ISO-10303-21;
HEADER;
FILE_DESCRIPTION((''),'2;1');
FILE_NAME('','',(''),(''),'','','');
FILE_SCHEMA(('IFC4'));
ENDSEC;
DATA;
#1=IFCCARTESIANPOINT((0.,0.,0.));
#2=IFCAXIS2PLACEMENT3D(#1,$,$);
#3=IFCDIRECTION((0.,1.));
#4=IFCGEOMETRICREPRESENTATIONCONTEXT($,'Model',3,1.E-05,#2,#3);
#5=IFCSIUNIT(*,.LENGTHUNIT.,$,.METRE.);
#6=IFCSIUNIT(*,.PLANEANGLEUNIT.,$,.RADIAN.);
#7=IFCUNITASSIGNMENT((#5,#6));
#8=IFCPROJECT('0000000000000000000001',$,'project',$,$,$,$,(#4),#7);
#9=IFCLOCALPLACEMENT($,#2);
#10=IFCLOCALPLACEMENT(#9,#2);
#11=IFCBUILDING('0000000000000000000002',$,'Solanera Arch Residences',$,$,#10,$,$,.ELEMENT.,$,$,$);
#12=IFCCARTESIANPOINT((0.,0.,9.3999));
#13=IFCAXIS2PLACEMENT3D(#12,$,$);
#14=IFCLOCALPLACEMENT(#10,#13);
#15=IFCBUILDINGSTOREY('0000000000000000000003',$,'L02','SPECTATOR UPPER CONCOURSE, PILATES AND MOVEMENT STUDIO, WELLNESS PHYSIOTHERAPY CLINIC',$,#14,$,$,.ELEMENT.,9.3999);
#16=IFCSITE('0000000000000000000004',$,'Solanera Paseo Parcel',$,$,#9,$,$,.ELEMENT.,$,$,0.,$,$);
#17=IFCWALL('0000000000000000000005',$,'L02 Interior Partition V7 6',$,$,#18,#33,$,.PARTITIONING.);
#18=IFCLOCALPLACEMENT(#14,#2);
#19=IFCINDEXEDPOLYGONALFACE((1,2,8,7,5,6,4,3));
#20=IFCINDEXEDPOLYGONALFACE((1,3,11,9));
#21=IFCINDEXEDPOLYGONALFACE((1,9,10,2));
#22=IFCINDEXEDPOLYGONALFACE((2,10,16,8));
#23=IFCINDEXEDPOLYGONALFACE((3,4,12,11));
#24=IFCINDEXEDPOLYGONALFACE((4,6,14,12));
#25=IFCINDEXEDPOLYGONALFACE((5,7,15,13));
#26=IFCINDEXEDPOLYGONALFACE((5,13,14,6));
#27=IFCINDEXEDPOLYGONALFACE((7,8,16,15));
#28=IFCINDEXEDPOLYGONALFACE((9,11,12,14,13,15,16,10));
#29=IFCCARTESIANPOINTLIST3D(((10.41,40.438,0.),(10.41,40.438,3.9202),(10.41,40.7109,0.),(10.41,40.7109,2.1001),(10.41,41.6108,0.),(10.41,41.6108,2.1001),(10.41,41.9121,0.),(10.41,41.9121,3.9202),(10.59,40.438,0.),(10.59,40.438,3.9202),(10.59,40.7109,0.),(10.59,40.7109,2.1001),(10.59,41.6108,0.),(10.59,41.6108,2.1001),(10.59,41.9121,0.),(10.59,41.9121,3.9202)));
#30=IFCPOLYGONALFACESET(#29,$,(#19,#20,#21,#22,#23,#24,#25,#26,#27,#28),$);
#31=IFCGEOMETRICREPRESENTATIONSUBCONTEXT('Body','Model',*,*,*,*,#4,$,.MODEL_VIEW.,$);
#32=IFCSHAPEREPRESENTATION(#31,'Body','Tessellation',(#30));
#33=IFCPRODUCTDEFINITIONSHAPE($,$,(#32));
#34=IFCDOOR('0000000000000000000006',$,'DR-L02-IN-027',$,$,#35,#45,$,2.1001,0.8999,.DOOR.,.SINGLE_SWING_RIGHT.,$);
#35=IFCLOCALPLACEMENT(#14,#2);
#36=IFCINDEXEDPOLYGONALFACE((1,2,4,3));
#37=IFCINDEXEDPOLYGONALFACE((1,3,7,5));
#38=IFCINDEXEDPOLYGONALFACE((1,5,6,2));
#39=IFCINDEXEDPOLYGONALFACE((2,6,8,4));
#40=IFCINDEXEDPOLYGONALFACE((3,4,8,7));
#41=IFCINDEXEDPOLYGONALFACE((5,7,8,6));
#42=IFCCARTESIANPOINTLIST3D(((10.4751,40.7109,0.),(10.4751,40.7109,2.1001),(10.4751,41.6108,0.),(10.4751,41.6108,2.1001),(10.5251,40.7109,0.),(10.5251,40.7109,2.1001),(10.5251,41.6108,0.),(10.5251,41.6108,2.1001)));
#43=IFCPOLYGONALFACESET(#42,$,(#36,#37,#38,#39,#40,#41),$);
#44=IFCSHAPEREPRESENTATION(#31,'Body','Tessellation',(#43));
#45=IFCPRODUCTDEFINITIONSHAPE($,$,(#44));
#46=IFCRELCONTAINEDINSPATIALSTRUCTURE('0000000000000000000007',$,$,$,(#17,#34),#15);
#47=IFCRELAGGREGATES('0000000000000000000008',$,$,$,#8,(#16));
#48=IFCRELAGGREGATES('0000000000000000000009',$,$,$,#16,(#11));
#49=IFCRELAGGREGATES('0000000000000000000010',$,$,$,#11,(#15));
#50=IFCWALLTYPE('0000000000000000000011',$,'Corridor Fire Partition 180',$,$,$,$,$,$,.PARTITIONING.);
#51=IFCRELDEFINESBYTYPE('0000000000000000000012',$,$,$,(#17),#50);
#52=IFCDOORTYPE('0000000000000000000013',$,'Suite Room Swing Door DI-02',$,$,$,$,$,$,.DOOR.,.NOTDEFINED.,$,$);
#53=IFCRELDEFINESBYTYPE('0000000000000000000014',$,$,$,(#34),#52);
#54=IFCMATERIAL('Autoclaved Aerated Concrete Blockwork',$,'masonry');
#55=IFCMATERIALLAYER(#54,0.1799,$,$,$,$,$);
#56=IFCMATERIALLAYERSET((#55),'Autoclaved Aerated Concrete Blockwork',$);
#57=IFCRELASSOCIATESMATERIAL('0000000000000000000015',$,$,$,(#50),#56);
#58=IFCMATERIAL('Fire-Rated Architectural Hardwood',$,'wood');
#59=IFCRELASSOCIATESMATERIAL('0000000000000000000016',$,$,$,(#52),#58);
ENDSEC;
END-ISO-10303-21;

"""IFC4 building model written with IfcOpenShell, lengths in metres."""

from ifc_helpers import new_model, si_unit, direction, frame, frame_2d, origin, place, context, subcontext, project, spatial, rectangle, extrude, material, layer, layer_set, type_object, element, fill, save


model = new_model("IFC4")

# Units and contexts
model_context = context("Model", 3, precision=1e-05, world=origin(), true_north=direction((0.0, 1.0)))
body_context = subcontext(model_context, "Body", "Model", "MODEL_VIEW")
ifc_project = project(units=[si_unit("LENGTHUNIT", "METRE"), si_unit("PLANEANGLEUNIT", "RADIAN")], contexts=[model_context])

# Site, building, storey
site_placement = place(None, origin())
site = spatial("IfcSite", under=ifc_project, at=site_placement, Name="Solanera Paseo Parcel", CompositionType="ELEMENT", RefElevation=0.0)
building_placement = place(site_placement, origin())
building = spatial("IfcBuilding", under=site, at=building_placement, Name="Solanera Arch Residences", CompositionType="ELEMENT")
storey_placement = place(building_placement, frame((0.0, 0.0, 9.3999)))
storey = spatial("IfcBuildingStorey", under=building, at=storey_placement, Name="L02", Description="SPECTATOR UPPER CONCOURSE, PILATES AND MOVEMENT STUDIO, WELLNESS PHYSIOTHERAPY CLINIC", CompositionType="ELEMENT", Elevation=9.3999)

# Shared definitions
ifc_material_1 = material(Name="Autoclaved Aerated Concrete Blockwork", Category="masonry")
ifc_layer_1 = layer(ifc_material_1, 0.1799)
ifc_layer_set_1 = layer_set([ifc_layer_1], Name="Autoclaved Aerated Concrete Blockwork")
wall_type_1 = type_object("IfcWallType", Name="Corridor Fire Partition 180", PredefinedType="PARTITIONING", material=ifc_layer_set_1)

# Wall, opening, door
wall_1_placement = place(storey_placement, frame((10.5, 40.438, 0.0), z_axis=(0.0, 0.0, 1.0), x_axis=(0.0, 1.0, 0.0)))
wall_1 = element("IfcWall", 1, at=wall_1_placement, inside=storey, type_object=wall_type_1, Name="L02 Interior Partition V7 6", PredefinedType="PARTITIONING", context=body_context, shape_type="SweptSolid", body=[
    extrude(rectangle(XDim=1.4741, YDim=0.1799, at=frame_2d((0.7371, 0.0))), origin(), (0.0, 0.0, 1.0), 3.9202),
])
opening_1_placement = place(wall_1_placement, frame((0.2729, 0.0, 0.0)))
opening_1 = element("IfcOpeningElement", 2, at=opening_1_placement, cuts=wall_1, PredefinedType="OPENING", context=body_context, shape_type="SweptSolid", body=[
    extrude(rectangle(XDim=0.8999, YDim=2.1001, at=frame_2d((0.45, 1.05))), frame((0.0, 0.1001, 0.0), z_axis=(0.0, -1.0, 0.0), x_axis=(1.0, 0.0, 0.0)), (0.0, 0.0, 1.0), 0.1999),
])
ifc_material_2 = material(Name="Fire-Rated Architectural Hardwood", Category="wood")
door_type_1 = type_object("IfcDoorType", Name="Suite Room Swing Door DI-02", OperationType="NOTDEFINED", PredefinedType="DOOR", material=ifc_material_2)
door_1_placement = place(opening_1_placement, origin())
door_1 = element("IfcDoor", 3, at=door_1_placement, inside=storey, type_object=door_type_1, Name="DR-L02-IN-027", OperationType="SINGLE_SWING_RIGHT", OverallHeight=2.1001, OverallWidth=0.8999, PredefinedType="DOOR", context=body_context, shape_type="SweptSolid", body=[
    extrude(rectangle(XDim=0.8999, YDim=2.1001, at=frame_2d((0.45, 1.05))), frame((0.0, 0.0249, 0.0), z_axis=(0.0, -1.0, 0.0), x_axis=(1.0, 0.0, 0.0)), (0.0, 0.0, 1.0), 0.05),
])
fill(opening_1, door_1)

save(model, "model.ifc")
